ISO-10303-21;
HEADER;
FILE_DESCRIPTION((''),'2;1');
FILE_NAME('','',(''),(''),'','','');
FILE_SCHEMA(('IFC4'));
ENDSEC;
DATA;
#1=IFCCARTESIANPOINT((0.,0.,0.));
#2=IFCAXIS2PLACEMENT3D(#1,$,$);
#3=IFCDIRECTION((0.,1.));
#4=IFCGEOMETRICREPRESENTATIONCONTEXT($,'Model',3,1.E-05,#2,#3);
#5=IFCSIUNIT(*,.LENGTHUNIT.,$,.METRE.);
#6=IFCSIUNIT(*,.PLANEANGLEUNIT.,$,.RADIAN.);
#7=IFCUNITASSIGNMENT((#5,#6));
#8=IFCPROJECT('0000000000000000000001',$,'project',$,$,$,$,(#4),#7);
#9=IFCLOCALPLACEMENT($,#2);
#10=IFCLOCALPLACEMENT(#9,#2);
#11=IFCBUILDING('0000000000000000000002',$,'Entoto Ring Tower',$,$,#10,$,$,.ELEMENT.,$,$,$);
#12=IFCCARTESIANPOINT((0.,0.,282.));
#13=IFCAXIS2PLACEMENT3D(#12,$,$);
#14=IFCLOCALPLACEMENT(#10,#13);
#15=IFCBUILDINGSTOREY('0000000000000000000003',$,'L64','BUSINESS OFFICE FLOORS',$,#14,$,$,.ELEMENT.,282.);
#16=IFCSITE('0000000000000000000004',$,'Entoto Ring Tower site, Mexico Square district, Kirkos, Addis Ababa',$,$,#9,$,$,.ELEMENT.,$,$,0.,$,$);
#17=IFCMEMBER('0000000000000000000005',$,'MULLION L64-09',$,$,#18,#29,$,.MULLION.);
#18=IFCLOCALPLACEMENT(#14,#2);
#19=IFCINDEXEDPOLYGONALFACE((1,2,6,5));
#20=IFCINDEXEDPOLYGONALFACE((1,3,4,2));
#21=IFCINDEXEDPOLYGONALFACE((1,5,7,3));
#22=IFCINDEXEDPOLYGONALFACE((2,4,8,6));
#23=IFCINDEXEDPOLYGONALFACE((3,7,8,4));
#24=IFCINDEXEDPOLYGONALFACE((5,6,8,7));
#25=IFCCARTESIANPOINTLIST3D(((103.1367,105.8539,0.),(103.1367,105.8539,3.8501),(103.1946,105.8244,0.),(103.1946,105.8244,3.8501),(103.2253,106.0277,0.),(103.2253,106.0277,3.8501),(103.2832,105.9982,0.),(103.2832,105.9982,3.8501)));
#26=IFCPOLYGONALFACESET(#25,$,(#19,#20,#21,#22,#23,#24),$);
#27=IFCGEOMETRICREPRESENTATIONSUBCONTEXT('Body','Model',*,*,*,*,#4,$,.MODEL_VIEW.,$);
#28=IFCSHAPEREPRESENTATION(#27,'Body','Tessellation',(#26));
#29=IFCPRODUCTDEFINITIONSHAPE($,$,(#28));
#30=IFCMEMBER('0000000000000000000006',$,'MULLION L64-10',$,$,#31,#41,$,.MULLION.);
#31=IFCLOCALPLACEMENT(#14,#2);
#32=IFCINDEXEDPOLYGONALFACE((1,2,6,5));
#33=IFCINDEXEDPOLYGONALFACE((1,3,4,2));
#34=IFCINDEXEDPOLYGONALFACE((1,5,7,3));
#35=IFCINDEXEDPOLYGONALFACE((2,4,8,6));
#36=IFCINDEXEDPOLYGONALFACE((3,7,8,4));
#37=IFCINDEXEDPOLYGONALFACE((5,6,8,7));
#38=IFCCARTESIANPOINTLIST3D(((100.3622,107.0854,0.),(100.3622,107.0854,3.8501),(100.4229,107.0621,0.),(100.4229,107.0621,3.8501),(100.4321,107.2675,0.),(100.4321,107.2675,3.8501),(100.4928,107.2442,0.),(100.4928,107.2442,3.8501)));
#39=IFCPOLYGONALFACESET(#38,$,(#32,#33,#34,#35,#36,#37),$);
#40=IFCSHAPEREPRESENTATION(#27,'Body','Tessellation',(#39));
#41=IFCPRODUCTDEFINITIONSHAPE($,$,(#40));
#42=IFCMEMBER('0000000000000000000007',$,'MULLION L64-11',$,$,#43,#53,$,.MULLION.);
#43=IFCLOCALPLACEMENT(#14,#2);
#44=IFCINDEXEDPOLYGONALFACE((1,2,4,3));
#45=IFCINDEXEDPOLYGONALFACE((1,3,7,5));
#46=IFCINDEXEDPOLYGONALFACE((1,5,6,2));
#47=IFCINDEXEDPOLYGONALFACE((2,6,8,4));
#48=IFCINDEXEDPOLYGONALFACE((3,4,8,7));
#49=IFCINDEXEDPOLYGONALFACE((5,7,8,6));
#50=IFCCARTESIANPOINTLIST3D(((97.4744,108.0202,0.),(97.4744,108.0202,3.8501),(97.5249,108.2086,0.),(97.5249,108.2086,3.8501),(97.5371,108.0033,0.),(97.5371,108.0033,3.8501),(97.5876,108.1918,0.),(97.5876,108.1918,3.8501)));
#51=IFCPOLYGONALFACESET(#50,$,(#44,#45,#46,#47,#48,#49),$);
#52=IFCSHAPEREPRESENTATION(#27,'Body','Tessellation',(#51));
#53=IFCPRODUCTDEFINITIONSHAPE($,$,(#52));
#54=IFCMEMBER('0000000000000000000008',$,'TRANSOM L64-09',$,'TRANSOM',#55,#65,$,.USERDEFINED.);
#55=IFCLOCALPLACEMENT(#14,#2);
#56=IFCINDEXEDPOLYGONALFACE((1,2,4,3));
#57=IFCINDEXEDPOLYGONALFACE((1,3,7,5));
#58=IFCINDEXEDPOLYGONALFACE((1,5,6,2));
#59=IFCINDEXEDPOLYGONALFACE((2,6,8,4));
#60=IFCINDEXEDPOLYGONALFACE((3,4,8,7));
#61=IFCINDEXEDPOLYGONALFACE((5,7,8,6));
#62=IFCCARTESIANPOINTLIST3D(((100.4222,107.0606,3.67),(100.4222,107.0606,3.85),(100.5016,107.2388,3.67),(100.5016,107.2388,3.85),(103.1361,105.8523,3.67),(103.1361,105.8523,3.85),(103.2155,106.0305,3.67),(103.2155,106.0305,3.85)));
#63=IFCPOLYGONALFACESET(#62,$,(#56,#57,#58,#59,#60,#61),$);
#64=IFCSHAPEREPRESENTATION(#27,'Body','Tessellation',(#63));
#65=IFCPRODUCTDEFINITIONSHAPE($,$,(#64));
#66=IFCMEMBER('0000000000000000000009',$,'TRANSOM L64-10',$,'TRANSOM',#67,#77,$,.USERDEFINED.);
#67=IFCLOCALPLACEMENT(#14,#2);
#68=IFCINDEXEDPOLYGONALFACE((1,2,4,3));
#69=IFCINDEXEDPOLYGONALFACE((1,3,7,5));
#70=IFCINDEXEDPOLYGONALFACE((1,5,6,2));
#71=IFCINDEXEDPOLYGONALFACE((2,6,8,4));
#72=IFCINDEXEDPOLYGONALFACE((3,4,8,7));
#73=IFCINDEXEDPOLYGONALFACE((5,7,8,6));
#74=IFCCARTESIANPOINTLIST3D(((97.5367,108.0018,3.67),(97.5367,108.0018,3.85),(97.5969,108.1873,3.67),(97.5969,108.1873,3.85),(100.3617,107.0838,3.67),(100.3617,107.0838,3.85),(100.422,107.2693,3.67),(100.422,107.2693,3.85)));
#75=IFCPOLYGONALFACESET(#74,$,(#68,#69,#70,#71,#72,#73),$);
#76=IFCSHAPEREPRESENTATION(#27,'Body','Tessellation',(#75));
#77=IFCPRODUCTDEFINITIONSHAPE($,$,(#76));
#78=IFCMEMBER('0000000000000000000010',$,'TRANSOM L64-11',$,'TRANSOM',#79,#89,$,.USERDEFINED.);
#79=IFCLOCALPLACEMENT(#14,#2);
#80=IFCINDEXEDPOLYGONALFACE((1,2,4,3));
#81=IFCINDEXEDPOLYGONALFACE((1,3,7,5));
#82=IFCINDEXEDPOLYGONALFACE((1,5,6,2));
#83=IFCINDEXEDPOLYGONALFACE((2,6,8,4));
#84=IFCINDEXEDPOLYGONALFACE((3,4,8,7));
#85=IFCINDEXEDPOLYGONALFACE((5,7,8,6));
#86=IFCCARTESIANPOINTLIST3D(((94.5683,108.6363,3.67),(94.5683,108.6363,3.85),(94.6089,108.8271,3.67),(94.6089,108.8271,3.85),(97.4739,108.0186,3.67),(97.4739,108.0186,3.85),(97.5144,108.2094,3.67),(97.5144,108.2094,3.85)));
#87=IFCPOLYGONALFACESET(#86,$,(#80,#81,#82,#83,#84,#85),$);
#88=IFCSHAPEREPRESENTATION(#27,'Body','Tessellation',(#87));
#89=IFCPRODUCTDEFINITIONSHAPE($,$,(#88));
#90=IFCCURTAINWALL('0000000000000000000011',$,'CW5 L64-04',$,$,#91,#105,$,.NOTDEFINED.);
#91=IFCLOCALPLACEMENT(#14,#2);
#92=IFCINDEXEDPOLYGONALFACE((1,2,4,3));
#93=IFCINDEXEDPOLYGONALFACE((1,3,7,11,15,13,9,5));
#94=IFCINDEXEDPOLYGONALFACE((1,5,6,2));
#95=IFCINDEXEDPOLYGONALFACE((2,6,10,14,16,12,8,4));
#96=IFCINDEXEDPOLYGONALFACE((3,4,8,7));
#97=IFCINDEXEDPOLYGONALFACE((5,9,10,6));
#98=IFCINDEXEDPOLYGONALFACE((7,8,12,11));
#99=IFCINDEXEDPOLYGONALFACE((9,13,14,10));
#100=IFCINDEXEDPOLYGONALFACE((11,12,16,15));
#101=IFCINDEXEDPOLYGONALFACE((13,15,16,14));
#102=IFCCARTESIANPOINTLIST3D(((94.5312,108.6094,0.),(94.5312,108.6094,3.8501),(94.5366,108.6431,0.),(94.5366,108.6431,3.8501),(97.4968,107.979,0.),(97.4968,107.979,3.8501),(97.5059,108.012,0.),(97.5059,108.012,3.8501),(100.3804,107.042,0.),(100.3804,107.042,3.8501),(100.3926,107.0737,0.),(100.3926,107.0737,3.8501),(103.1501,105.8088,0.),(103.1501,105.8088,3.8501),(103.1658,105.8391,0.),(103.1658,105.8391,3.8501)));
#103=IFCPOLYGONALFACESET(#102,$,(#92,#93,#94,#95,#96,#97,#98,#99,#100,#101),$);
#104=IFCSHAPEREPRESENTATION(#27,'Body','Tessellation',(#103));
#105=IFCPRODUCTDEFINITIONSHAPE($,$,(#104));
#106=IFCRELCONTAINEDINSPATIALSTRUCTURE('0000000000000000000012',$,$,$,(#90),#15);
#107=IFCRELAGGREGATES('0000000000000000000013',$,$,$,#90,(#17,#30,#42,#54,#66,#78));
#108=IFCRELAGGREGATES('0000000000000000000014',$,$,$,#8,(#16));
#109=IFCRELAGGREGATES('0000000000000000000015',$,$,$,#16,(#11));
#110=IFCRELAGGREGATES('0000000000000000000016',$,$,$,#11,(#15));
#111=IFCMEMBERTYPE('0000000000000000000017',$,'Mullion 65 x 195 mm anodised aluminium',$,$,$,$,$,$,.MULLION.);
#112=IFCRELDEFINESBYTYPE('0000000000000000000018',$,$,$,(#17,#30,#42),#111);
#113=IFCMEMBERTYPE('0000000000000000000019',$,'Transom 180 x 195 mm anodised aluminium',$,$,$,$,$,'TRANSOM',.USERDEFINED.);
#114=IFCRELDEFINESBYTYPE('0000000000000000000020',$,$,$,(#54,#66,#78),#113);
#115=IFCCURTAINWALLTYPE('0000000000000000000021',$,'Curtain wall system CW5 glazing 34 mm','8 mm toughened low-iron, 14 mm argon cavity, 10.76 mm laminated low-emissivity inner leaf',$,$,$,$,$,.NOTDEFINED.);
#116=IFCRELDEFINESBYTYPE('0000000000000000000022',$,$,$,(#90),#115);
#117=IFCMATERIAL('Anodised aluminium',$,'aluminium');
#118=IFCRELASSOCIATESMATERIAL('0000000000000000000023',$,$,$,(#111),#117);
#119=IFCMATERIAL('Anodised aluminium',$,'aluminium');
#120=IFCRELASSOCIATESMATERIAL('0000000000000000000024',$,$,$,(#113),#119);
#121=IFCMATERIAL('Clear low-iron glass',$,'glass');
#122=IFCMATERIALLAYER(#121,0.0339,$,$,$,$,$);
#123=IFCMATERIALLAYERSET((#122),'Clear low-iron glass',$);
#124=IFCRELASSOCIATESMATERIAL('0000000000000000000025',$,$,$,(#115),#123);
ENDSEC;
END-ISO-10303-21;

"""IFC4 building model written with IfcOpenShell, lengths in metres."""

from ifc_helpers import new_model, si_unit, direction, frame, origin, origin_2d, place, context, subcontext, project, spatial, polyline, rectangle, outline, extrude, material, layer, layer_set, material_profile, profile_set, type_object, element, aggregate, save


model = new_model("IFC4")

# Units and contexts
model_context = context("Model", 3, precision=1e-05, world=origin(), true_north=direction((0.0, 1.0)))
body_context = subcontext(model_context, "Body", "Model", "MODEL_VIEW")
ifc_project = project(units=[si_unit("LENGTHUNIT", "METRE"), si_unit("PLANEANGLEUNIT", "RADIAN")], contexts=[model_context])

# Members
ifc_material_1 = material(Name="Anodised aluminium", Category="aluminium")
ifc_material_profile_1 = material_profile(ifc_material_1, rectangle(XDim=0.0649, YDim=0.1951, at=origin_2d()), Name="Mullion 65 x 195 mm anodised aluminium")
ifc_profile_set_1 = profile_set([ifc_material_profile_1], Name="Anodised aluminium")
member_type_1 = type_object("IfcMemberType", Name="Mullion 65 x 195 mm anodised aluminium", PredefinedType="MULLION", material=ifc_profile_set_1)
site_placement = place(None, origin())
building_placement = place(site_placement, origin())
storey_placement = place(building_placement, frame((0.0, 0.0, 282.0)))
member_1_placement = place(storey_placement, frame((103.21, 105.926, 0.0), z_axis=(0.0, 0.0, 1.0), x_axis=(-0.891007, 0.45399, 0.0)))
member_1 = element("IfcMember", 1, at=member_1_placement, type_object=member_type_1, Name="MULLION L64-09", PredefinedType="MULLION", context=body_context, shape_type="SweptSolid", body=[
    extrude(rectangle(XDim=0.0649, YDim=0.1951, at=origin_2d()), origin(), (0.0, 0.0, 1.0), 3.8501),
])
member_2_placement = place(storey_placement, frame((100.4275, 107.1648, 0.0), z_axis=(0.0, 0.0, 1.0), x_axis=(-0.93358, 0.358368, 0.0)))
member_2 = element("IfcMember", 2, at=member_2_placement, type_object=member_type_1, Name="MULLION L64-10", PredefinedType="MULLION", context=body_context, shape_type="SweptSolid", body=[
    extrude(rectangle(XDim=0.0649, YDim=0.1951, at=origin_2d()), origin(), (0.0, 0.0, 1.0), 3.8501),
])
member_3_placement = place(storey_placement, frame((97.531, 108.106, 0.0), z_axis=(0.0, 0.0, 1.0), x_axis=(-0.965926, 0.258819, 0.0)))
member_3 = element("IfcMember", 3, at=member_3_placement, type_object=member_type_1, Name="MULLION L64-11", PredefinedType="MULLION", context=body_context, shape_type="SweptSolid", body=[
    extrude(rectangle(XDim=0.0649, YDim=0.1951, at=origin_2d()), origin(), (0.0, 0.0, 1.0), 3.8501),
])
ifc_material_2 = material(Name="Anodised aluminium", Category="aluminium")
ifc_material_profile_2 = material_profile(ifc_material_2, rectangle(XDim=0.1951, YDim=0.1799, at=origin_2d()), Name="Transom 180 x 195 mm anodised aluminium")
ifc_profile_set_2 = profile_set([ifc_material_profile_2], Name="Anodised aluminium")
member_type_2 = type_object("IfcMemberType", Name="Transom 180 x 195 mm anodised aluminium", ElementType="TRANSOM", PredefinedType="USERDEFINED", material=ifc_profile_set_2)
member_4_placement = place(storey_placement, frame((103.1758, 105.9414, 3.76), z_axis=(-0.91355, 0.406726, 0.0), x_axis=(-0.406726, -0.91355, 0.0)))
member_4 = element("IfcMember", 4, at=member_4_placement, type_object=member_type_2, Name="TRANSOM L64-09", ObjectType="TRANSOM", PredefinedType="USERDEFINED", context=body_context, shape_type="SweptSolid", body=[
    extrude(rectangle(XDim=0.1951, YDim=0.1799, at=origin_2d()), origin(), (0.0, 0.0, 1.0), 2.9707),
])
member_5_placement = place(storey_placement, frame((100.3918, 107.1765, 3.76), z_axis=(-0.951048, 0.309043, 0.0), x_axis=(-0.309043, -0.951048, 0.0)))
member_5 = element("IfcMember", 5, at=member_5_placement, type_object=member_type_2, Name="TRANSOM L64-10", ObjectType="TRANSOM", PredefinedType="USERDEFINED", context=body_context, shape_type="SweptSolid", body=[
    extrude(rectangle(XDim=0.1951, YDim=0.1799, at=origin_2d()), origin(), (0.0, 0.0, 1.0), 2.9705),
])
member_6_placement = place(storey_placement, frame((97.4941, 108.114, 3.76), z_axis=(-0.978142, 0.20794, 0.0), x_axis=(-0.20794, -0.978142, 0.0)))
member_6 = element("IfcMember", 6, at=member_6_placement, type_object=member_type_2, Name="TRANSOM L64-11", ObjectType="TRANSOM", PredefinedType="USERDEFINED", context=body_context, shape_type="SweptSolid", body=[
    extrude(rectangle(XDim=0.1951, YDim=0.1799, at=origin_2d()), origin(), (0.0, 0.0, 1.0), 2.9705),
])

# Site, building, storey
site = spatial("IfcSite", under=ifc_project, at=site_placement, Name="Entoto Ring Tower site, Mexico Square district, Kirkos, Addis Ababa", CompositionType="ELEMENT", RefElevation=0.0)
building = spatial("IfcBuilding", under=site, at=building_placement, Name="Entoto Ring Tower", CompositionType="ELEMENT")
storey = spatial("IfcBuildingStorey", under=building, at=storey_placement, Name="L64", Description="BUSINESS OFFICE FLOORS", CompositionType="ELEMENT", Elevation=282.0)

# Curtain wall
ifc_material_3 = material(Name="Clear low-iron glass", Category="glass")
ifc_layer = layer(ifc_material_3, 0.0339)
ifc_layer_set = layer_set([ifc_layer], Name="Clear low-iron glass")
curtain_wall_type = type_object("IfcCurtainWallType", Name="Curtain wall system CW5 glazing 34 mm", Description="8 mm toughened low-iron, 14 mm argon cavity, 10.76 mm laminated low-emissivity inner leaf", PredefinedType="NOTDEFINED", material=ifc_layer_set)
curtain_wall_1_placement = place(storey_placement, origin())
curtain_wall_1 = element("IfcCurtainWall", 7, at=curtain_wall_1_placement, inside=storey, type_object=curtain_wall_type, Name="CW5 L64-04", PredefinedType="NOTDEFINED", context=body_context, shape_type="SweptSolid", body=[
    extrude(outline(polyline([(103.1658, 105.8391), (100.3926, 107.0737), (97.5059, 108.012), (94.5366, 108.6431), (94.5312, 108.6094), (97.4968, 107.979), (100.3804, 107.042), (103.1501, 105.8088), (103.1658, 105.8391)])), origin(), (0.0, 0.0, 1.0), 3.8501),
])
aggregate(curtain_wall_1, [member_1, member_2, member_3, member_4, member_5, member_6])

save(model, "model.ifc")
